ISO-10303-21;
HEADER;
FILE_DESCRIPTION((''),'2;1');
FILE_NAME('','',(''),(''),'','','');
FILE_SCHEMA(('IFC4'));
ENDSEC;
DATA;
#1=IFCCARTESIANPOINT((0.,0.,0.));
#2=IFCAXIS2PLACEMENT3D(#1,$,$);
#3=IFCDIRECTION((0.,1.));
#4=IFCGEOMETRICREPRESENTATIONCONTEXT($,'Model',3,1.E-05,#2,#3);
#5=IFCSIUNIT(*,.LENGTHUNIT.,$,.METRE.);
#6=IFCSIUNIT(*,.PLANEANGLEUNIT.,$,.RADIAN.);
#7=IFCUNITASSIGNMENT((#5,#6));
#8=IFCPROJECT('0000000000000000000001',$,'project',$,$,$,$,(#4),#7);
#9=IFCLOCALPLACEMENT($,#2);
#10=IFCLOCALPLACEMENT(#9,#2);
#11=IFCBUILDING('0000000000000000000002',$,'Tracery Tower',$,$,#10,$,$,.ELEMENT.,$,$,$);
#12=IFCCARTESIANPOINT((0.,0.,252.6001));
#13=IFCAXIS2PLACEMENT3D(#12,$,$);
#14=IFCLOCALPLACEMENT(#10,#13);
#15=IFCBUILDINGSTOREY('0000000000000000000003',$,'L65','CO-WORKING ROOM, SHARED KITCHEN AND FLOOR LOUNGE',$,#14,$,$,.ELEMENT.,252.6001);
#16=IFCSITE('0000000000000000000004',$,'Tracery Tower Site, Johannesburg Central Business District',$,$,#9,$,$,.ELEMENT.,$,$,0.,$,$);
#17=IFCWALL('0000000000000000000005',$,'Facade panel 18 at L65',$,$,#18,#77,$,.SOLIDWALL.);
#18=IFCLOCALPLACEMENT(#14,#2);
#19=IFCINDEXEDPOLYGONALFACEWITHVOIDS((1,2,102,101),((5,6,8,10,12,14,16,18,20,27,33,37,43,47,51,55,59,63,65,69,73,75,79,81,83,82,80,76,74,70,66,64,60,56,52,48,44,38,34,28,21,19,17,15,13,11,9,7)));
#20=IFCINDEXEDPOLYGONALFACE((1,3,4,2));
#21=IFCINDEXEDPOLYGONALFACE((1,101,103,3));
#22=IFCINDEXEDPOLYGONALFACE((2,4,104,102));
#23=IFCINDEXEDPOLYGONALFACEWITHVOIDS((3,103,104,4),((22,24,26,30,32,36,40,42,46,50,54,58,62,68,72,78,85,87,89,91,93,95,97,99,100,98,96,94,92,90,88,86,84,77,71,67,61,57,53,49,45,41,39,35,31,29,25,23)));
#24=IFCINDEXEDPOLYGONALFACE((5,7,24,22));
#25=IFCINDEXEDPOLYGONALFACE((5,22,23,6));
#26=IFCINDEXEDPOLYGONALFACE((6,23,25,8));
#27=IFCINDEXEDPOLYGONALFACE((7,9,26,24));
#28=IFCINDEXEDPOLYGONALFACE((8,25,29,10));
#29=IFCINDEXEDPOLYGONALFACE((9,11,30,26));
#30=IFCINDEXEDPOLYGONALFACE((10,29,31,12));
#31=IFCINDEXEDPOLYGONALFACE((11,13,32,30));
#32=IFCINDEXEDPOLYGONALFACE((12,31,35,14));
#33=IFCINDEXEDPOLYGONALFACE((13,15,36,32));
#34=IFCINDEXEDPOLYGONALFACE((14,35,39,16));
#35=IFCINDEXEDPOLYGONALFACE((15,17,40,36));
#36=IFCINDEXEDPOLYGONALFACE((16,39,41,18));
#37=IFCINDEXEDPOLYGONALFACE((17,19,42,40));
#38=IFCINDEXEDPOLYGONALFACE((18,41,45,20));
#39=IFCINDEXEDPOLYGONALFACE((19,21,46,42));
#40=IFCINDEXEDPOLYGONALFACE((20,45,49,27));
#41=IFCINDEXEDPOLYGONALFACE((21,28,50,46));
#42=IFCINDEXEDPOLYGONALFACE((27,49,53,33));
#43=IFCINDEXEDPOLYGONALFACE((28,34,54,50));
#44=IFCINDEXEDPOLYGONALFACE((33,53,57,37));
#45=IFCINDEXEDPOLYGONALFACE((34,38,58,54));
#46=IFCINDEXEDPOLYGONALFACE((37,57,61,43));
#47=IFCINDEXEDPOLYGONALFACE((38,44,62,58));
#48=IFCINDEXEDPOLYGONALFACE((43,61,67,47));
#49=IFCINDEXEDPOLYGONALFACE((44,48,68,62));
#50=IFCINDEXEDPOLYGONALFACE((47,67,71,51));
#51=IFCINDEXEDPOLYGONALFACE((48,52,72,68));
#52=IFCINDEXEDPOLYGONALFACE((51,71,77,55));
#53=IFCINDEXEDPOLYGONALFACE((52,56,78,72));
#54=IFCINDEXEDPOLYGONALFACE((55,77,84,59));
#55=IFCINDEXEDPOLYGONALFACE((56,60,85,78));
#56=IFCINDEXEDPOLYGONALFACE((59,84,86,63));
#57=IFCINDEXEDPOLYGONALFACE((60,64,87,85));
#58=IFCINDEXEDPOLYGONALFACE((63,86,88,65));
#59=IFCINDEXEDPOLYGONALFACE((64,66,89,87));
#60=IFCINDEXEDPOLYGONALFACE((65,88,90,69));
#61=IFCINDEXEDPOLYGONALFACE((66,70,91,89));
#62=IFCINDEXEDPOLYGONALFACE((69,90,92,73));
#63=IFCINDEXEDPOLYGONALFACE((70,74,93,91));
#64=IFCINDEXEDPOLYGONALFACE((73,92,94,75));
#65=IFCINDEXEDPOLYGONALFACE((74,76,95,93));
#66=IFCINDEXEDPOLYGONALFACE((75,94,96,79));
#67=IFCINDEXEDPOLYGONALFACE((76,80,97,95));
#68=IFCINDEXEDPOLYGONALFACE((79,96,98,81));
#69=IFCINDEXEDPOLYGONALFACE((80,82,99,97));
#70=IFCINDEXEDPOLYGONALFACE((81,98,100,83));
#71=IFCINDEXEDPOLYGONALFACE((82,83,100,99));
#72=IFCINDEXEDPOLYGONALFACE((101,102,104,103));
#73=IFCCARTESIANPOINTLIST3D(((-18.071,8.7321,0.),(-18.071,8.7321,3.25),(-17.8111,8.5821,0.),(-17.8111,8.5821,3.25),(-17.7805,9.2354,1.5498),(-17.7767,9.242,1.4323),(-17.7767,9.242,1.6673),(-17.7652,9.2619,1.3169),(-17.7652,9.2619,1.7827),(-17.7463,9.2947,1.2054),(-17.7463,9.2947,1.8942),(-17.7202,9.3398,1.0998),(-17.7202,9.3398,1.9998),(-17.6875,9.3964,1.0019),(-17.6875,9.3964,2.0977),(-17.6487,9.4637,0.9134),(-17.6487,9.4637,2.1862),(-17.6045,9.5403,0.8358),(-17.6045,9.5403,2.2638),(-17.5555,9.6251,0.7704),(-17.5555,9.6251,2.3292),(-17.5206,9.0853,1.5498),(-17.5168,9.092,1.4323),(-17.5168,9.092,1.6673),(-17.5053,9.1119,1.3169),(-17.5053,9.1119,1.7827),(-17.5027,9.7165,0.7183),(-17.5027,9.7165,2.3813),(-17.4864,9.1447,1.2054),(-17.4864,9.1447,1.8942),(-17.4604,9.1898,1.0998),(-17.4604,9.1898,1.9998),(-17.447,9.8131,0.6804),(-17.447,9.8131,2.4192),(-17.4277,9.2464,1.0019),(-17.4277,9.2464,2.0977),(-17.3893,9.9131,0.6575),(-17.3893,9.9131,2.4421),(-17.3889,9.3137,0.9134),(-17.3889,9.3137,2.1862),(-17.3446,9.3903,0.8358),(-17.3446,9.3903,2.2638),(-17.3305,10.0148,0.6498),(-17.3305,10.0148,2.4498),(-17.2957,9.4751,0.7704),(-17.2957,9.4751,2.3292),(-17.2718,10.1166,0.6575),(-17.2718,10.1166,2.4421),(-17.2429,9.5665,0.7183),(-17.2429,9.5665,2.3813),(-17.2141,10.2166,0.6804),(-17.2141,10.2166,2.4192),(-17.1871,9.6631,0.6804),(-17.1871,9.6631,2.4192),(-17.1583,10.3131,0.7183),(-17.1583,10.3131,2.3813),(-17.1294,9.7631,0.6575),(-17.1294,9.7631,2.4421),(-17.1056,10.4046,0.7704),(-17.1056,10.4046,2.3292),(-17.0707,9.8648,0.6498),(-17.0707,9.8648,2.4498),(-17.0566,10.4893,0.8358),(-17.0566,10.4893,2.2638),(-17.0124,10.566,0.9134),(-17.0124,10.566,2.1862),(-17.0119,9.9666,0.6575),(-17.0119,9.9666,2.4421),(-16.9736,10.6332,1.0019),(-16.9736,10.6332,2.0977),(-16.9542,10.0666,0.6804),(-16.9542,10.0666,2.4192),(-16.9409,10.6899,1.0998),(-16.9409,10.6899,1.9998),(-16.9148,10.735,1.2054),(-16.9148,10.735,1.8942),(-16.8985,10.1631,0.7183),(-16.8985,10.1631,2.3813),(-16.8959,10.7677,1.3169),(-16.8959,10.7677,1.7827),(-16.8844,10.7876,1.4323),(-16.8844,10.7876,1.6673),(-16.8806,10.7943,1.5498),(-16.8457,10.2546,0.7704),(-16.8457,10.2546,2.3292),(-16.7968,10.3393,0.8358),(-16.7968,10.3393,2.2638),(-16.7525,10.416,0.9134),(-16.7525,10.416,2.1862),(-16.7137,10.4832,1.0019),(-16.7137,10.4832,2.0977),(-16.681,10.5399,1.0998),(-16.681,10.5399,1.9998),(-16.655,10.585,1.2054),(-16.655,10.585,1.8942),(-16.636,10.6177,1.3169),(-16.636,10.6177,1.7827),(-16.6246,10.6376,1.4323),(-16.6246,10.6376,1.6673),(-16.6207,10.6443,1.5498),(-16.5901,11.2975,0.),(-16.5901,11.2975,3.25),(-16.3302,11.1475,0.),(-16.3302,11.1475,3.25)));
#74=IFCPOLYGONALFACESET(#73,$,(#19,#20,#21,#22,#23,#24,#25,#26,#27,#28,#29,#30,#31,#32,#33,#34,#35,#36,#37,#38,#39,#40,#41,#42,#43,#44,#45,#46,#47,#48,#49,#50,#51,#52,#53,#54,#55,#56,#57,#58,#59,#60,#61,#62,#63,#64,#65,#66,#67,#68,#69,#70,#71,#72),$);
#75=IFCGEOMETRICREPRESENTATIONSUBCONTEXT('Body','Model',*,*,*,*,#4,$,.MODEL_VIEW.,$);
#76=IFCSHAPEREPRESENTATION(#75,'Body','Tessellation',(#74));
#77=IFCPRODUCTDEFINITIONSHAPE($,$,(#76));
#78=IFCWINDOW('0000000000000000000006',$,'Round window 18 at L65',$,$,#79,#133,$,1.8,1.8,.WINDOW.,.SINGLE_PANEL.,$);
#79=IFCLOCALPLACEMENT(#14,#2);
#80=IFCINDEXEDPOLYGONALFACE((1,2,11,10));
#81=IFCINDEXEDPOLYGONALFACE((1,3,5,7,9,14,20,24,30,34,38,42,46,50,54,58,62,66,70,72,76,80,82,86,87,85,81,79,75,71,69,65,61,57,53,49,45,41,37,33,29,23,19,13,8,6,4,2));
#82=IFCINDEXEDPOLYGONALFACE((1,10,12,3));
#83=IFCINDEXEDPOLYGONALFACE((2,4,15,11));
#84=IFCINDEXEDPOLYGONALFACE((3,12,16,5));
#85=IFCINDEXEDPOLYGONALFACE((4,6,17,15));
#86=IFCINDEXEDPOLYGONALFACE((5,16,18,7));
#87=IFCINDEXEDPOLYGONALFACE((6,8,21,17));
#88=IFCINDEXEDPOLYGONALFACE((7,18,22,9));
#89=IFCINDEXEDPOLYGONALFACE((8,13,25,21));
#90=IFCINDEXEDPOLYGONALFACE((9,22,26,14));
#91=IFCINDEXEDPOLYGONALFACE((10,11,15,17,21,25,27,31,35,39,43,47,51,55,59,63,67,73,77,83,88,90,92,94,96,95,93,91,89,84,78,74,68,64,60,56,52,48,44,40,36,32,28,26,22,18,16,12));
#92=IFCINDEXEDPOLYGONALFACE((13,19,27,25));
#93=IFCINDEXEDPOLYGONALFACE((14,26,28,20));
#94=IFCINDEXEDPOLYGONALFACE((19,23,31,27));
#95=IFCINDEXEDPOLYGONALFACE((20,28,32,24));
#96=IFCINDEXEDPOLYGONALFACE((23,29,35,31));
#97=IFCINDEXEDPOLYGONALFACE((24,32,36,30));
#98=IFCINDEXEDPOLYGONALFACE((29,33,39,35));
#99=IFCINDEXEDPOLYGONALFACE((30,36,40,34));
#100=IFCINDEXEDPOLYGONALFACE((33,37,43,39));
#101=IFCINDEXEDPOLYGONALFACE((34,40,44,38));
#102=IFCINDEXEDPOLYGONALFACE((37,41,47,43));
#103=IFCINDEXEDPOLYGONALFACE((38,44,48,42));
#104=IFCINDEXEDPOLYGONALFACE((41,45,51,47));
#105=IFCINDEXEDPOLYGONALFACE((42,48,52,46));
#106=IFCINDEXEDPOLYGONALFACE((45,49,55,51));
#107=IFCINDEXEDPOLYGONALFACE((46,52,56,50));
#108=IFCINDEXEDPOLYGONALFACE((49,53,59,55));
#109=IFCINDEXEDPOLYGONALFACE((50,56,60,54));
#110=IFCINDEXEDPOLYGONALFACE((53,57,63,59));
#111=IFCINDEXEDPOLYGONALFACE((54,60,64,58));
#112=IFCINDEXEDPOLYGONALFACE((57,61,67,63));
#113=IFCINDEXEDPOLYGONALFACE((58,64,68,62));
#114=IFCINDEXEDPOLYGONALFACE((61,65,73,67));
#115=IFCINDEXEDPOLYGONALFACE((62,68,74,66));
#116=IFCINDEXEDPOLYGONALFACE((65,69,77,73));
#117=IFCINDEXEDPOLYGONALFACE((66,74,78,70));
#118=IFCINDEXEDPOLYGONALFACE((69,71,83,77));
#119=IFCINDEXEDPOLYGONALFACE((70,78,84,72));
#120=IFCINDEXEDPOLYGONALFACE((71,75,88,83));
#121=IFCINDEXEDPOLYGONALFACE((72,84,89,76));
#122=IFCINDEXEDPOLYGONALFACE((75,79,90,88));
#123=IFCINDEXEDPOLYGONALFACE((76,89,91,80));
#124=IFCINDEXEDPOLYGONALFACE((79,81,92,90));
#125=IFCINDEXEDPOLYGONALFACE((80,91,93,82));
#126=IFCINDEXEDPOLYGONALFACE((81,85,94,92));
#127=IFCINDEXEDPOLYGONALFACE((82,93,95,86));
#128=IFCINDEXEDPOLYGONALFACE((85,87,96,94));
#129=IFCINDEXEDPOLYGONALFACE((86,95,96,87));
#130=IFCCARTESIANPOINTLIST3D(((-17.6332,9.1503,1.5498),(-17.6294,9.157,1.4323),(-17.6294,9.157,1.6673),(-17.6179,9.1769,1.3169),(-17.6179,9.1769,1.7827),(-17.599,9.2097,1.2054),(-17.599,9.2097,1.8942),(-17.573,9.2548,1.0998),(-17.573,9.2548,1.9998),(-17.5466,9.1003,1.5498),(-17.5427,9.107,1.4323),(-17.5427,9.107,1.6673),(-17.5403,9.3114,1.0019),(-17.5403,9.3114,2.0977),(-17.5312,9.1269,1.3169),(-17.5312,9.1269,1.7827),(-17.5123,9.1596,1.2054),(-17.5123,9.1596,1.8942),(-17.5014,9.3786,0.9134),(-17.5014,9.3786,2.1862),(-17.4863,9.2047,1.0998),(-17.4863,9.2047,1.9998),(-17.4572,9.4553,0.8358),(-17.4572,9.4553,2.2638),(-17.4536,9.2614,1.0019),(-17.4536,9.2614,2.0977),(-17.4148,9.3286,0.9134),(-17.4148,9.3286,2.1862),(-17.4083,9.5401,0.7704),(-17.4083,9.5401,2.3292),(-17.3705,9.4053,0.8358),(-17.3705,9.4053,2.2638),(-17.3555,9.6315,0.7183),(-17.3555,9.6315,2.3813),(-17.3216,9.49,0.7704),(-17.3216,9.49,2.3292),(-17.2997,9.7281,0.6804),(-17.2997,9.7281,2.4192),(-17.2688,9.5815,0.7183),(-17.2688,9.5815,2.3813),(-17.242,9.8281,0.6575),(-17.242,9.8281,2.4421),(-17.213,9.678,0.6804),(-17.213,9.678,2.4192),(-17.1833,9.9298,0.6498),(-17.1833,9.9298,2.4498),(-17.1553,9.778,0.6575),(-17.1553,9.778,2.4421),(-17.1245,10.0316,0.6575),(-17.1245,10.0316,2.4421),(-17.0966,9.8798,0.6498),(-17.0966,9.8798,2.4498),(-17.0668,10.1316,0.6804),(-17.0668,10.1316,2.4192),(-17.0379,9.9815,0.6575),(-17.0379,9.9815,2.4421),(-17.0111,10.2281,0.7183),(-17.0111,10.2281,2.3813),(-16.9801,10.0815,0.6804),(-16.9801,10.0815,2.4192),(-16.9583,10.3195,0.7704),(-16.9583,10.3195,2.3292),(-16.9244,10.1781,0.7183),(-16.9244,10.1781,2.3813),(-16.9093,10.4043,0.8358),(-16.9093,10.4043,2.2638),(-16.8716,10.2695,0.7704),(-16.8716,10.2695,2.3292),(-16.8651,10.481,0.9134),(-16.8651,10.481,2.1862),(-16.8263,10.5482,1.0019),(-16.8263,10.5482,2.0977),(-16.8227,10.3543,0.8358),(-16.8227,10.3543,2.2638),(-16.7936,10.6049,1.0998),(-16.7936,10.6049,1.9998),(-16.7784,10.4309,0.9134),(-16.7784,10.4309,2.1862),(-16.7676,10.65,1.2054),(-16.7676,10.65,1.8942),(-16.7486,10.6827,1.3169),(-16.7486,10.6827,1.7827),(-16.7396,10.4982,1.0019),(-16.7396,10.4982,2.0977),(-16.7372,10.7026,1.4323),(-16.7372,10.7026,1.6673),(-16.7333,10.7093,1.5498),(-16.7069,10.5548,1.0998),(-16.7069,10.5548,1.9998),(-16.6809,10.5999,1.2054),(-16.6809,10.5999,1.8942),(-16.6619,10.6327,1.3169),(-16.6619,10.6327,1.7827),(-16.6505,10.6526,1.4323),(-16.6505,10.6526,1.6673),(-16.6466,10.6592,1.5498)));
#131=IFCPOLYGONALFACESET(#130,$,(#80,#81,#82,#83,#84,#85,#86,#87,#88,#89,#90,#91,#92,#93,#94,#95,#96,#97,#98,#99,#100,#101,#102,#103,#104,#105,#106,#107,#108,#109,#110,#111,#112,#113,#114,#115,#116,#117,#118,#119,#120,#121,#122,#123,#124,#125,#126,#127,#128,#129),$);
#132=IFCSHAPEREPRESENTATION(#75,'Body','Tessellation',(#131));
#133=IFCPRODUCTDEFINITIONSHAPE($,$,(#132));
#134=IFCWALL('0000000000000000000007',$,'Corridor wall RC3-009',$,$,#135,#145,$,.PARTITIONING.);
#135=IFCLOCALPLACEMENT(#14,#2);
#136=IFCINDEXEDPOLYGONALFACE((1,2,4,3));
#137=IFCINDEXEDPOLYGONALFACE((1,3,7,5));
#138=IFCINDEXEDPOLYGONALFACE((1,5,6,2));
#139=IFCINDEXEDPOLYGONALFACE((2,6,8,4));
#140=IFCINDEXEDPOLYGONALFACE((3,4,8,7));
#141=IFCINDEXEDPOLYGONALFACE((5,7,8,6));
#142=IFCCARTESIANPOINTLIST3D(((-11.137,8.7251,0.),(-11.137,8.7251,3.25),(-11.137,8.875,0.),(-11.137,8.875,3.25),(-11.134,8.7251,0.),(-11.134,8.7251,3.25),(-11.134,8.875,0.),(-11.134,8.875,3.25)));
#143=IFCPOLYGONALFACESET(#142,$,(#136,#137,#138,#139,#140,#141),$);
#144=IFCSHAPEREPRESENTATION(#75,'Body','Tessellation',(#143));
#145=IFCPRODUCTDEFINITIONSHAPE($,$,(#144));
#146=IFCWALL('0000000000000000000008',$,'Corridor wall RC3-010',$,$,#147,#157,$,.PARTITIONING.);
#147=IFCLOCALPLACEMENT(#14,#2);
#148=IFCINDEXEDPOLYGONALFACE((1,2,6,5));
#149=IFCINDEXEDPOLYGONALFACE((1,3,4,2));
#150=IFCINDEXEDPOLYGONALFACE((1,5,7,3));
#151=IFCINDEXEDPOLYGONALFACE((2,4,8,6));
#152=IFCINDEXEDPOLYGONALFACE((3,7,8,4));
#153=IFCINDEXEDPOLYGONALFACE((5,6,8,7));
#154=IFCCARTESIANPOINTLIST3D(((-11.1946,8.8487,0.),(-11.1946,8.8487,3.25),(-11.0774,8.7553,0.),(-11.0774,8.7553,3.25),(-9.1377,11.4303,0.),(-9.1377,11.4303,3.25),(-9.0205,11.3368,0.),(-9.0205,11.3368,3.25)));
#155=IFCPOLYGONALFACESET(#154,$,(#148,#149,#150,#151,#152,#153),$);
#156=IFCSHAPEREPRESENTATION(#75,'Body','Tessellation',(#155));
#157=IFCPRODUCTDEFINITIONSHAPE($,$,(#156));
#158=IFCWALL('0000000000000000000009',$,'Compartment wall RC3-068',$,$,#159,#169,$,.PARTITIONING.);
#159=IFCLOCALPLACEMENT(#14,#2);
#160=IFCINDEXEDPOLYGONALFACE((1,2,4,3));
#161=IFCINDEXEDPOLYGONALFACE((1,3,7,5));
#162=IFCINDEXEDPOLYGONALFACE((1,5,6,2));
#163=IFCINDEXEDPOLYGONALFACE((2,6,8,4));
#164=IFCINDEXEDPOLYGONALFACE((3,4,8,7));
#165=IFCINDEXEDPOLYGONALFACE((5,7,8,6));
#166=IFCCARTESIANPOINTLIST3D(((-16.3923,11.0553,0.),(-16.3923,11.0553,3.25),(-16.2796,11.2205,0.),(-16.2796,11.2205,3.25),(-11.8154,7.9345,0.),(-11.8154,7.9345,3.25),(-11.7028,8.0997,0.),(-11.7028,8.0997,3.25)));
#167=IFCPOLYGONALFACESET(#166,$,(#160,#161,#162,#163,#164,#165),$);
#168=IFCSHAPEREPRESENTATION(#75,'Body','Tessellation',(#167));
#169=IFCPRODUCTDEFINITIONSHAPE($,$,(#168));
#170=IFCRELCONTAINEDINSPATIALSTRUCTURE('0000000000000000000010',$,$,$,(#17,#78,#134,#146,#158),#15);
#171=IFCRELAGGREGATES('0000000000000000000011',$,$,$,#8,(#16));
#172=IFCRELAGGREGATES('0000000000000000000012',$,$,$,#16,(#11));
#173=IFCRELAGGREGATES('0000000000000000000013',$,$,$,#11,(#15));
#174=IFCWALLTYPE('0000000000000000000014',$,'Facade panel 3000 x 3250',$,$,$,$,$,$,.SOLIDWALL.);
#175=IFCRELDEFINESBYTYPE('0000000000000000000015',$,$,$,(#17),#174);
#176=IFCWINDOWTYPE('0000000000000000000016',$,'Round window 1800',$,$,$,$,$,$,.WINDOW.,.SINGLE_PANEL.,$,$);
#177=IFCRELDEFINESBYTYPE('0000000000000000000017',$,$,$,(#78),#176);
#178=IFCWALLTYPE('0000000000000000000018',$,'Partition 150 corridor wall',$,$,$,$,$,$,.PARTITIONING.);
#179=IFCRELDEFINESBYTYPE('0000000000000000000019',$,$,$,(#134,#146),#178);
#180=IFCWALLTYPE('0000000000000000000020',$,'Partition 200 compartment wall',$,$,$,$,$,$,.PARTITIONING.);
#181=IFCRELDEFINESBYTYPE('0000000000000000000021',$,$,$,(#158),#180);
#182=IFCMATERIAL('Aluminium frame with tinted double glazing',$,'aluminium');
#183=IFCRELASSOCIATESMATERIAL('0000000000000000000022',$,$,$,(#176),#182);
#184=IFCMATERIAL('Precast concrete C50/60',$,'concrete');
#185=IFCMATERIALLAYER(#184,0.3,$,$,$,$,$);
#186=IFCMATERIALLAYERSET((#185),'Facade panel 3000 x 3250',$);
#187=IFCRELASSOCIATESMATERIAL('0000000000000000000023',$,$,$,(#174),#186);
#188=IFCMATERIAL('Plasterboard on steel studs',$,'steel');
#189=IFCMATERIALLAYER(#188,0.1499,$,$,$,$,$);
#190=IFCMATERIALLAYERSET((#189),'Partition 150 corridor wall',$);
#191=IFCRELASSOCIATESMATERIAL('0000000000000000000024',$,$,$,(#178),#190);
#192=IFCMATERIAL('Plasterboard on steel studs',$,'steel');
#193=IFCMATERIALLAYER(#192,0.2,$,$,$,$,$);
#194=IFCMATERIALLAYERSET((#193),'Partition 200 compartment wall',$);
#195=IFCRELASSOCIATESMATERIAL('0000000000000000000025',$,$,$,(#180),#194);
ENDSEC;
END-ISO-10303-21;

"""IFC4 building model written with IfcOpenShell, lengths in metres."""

from ifc_helpers import new_model, si_unit, direction, frame, frame_2d, origin, origin_2d, place, context, subcontext, project, spatial, rectangle, circle, extrude, material, layer, layer_set, type_object, element, fill, save


model = new_model("IFC4")

# Units and contexts
model_context = context("Model", 3, precision=1e-05, world=origin(), true_north=direction((0.0, 1.0)))
body_context = subcontext(model_context, "Body", "Model", "MODEL_VIEW")
ifc_project = project(units=[si_unit("LENGTHUNIT", "METRE"), si_unit("PLANEANGLEUNIT", "RADIAN")], contexts=[model_context])

# Site, building, storey
site_placement = place(None, origin())
site = spatial("IfcSite", under=ifc_project, at=site_placement, Name="Tracery Tower Site, Johannesburg Central Business District", CompositionType="ELEMENT", RefElevation=0.0)
building_placement = place(site_placement, origin())
building = spatial("IfcBuilding", under=site, at=building_placement, Name="Tracery Tower", CompositionType="ELEMENT")
storey_placement = place(building_placement, frame((0.0, 0.0, 252.6001)))
storey = spatial("IfcBuildingStorey", under=building, at=storey_placement, Name="L65", Description="CO-WORKING ROOM, SHARED KITCHEN AND FLOOR LOUNGE", CompositionType="ELEMENT", Elevation=252.6001)

# Wall, opening, window
ifc_material_1 = material(Name="Aluminium frame with tinted double glazing", Category="aluminium")
window_type = type_object("IfcWindowType", Name="Round window 1800", PartitioningType="SINGLE_PANEL", PredefinedType="WINDOW", material=ifc_material_1)
ifc_material_2 = material(Name="Precast concrete C50/60", Category="concrete")
ifc_layer_1 = layer(ifc_material_2, 0.3)
ifc_layer_set_1 = layer_set([ifc_layer_1], Name="Facade panel 3000 x 3250")
wall_type_1 = type_object("IfcWallType", Name="Facade panel 3000 x 3250", PredefinedType="SOLIDWALL", material=ifc_layer_set_1)
wall_1_placement = place(storey_placement, frame((-16.4602, 11.2224, 0.0), z_axis=(0.0, 0.0, 1.0), x_axis=(-0.499951, -0.866054, 0.0)))
wall_1 = element("IfcWall", 1, at=wall_1_placement, inside=storey, type_object=wall_type_1, Name="Facade panel 18 at L65", PredefinedType="SOLIDWALL", context=body_context, shape_type="SweptSolid", body=[
    extrude(rectangle(XDim=2.9622, YDim=0.3, at=frame_2d((1.481, 0.0))), origin(), (0.0, 0.0, 1.0), 3.25),
])
opening_1_placement = place(wall_1_placement, frame((1.481, 0.0, 1.5498)))
opening_1 = element("IfcOpeningElement", 2, at=opening_1_placement, cuts=wall_1, PredefinedType="OPENING", context=body_context, shape_type="SweptSolid", body=[
    extrude(circle(Radius=0.9, at=origin_2d()), frame((0.0, 0.1599, 0.0), z_axis=(0.0, -1.0, 0.0), x_axis=(1.0, 0.0, 0.0)), (0.0, 0.0, 1.0), 0.3201),
])
window_1_placement = place(opening_1_placement, origin())
window_1 = element("IfcWindow", 3, at=window_1_placement, inside=storey, type_object=window_type, Name="Round window 18 at L65", OverallHeight=1.8, OverallWidth=1.8, PartitioningType="SINGLE_PANEL", PredefinedType="WINDOW", context=body_context, shape_type="SweptSolid", body=[
    extrude(circle(Radius=0.9, at=origin_2d()), frame((0.0, 0.1201, 0.0), z_axis=(0.0, -1.0, 0.0), x_axis=(1.0, 0.0, 0.0)), (0.0, 0.0, 1.0), 0.1001),
])
fill(opening_1, window_1)

# Walls
ifc_material_3 = material(Name="Plasterboard on steel studs", Category="steel")
ifc_layer_2 = layer(ifc_material_3, 0.1499)
ifc_layer_set_2 = layer_set([ifc_layer_2], Name="Partition 150 corridor wall")
wall_type_2 = type_object("IfcWallType", Name="Partition 150 corridor wall", PredefinedType="PARTITIONING", material=ifc_layer_set_2)
wall_2_placement = place(storey_placement, frame((-11.134, 8.8, 0.0), z_axis=(0.0, 0.0, 1.0), x_axis=(-1.0, 0.0, 0.0)))
element("IfcWall", 4, at=wall_2_placement, inside=storey, type_object=wall_type_2, Name="Corridor wall RC3-009", PredefinedType="PARTITIONING", context=body_context, shape_type="SweptSolid", body=[
    extrude(rectangle(XDim=0.0029, YDim=0.1499, at=frame_2d((0.0015, 0.0))), origin(), (0.0, 0.0, 1.0), 3.25),
])
wall_3_placement = place(storey_placement, frame((-11.136, 8.802, 0.0), z_axis=(0.0, 0.0, 1.0), x_axis=(0.623151, 0.782101, 0.0)))
element("IfcWall", 5, at=wall_3_placement, inside=storey, type_object=wall_type_2, Name="Corridor wall RC3-010", PredefinedType="PARTITIONING", context=body_context, shape_type="SweptSolid", body=[
    extrude(rectangle(XDim=3.3008, YDim=0.1499, at=frame_2d((1.6504, 0.0))), origin(), (0.0, 0.0, 1.0), 3.25),
])
ifc_material_4 = material(Name="Plasterboard on steel studs", Category="steel")
ifc_layer_3 = layer(ifc_material_4, 0.2)
ifc_layer_set_3 = layer_set([ifc_layer_3], Name="Partition 200 compartment wall")
wall_type_3 = type_object("IfcWallType", Name="Partition 200 compartment wall", PredefinedType="PARTITIONING", material=ifc_layer_set_3)
wall_4_placement = place(storey_placement, frame((-16.3359, 11.1379, 0.0), z_axis=(0.0, 0.0, 1.0), x_axis=(0.826208, -0.563366, 0.0)))
element("IfcWall", 6, at=wall_4_placement, inside=storey, type_object=wall_type_3, Name="Compartment wall RC3-068", PredefinedType="PARTITIONING", context=body_context, shape_type="SweptSolid", body=[
    extrude(rectangle(XDim=5.5396, YDim=0.2, at=frame_2d((2.7698, 0.0))), origin(), (0.0, 0.0, 1.0), 3.25),
])

save(model, "model.ifc")
